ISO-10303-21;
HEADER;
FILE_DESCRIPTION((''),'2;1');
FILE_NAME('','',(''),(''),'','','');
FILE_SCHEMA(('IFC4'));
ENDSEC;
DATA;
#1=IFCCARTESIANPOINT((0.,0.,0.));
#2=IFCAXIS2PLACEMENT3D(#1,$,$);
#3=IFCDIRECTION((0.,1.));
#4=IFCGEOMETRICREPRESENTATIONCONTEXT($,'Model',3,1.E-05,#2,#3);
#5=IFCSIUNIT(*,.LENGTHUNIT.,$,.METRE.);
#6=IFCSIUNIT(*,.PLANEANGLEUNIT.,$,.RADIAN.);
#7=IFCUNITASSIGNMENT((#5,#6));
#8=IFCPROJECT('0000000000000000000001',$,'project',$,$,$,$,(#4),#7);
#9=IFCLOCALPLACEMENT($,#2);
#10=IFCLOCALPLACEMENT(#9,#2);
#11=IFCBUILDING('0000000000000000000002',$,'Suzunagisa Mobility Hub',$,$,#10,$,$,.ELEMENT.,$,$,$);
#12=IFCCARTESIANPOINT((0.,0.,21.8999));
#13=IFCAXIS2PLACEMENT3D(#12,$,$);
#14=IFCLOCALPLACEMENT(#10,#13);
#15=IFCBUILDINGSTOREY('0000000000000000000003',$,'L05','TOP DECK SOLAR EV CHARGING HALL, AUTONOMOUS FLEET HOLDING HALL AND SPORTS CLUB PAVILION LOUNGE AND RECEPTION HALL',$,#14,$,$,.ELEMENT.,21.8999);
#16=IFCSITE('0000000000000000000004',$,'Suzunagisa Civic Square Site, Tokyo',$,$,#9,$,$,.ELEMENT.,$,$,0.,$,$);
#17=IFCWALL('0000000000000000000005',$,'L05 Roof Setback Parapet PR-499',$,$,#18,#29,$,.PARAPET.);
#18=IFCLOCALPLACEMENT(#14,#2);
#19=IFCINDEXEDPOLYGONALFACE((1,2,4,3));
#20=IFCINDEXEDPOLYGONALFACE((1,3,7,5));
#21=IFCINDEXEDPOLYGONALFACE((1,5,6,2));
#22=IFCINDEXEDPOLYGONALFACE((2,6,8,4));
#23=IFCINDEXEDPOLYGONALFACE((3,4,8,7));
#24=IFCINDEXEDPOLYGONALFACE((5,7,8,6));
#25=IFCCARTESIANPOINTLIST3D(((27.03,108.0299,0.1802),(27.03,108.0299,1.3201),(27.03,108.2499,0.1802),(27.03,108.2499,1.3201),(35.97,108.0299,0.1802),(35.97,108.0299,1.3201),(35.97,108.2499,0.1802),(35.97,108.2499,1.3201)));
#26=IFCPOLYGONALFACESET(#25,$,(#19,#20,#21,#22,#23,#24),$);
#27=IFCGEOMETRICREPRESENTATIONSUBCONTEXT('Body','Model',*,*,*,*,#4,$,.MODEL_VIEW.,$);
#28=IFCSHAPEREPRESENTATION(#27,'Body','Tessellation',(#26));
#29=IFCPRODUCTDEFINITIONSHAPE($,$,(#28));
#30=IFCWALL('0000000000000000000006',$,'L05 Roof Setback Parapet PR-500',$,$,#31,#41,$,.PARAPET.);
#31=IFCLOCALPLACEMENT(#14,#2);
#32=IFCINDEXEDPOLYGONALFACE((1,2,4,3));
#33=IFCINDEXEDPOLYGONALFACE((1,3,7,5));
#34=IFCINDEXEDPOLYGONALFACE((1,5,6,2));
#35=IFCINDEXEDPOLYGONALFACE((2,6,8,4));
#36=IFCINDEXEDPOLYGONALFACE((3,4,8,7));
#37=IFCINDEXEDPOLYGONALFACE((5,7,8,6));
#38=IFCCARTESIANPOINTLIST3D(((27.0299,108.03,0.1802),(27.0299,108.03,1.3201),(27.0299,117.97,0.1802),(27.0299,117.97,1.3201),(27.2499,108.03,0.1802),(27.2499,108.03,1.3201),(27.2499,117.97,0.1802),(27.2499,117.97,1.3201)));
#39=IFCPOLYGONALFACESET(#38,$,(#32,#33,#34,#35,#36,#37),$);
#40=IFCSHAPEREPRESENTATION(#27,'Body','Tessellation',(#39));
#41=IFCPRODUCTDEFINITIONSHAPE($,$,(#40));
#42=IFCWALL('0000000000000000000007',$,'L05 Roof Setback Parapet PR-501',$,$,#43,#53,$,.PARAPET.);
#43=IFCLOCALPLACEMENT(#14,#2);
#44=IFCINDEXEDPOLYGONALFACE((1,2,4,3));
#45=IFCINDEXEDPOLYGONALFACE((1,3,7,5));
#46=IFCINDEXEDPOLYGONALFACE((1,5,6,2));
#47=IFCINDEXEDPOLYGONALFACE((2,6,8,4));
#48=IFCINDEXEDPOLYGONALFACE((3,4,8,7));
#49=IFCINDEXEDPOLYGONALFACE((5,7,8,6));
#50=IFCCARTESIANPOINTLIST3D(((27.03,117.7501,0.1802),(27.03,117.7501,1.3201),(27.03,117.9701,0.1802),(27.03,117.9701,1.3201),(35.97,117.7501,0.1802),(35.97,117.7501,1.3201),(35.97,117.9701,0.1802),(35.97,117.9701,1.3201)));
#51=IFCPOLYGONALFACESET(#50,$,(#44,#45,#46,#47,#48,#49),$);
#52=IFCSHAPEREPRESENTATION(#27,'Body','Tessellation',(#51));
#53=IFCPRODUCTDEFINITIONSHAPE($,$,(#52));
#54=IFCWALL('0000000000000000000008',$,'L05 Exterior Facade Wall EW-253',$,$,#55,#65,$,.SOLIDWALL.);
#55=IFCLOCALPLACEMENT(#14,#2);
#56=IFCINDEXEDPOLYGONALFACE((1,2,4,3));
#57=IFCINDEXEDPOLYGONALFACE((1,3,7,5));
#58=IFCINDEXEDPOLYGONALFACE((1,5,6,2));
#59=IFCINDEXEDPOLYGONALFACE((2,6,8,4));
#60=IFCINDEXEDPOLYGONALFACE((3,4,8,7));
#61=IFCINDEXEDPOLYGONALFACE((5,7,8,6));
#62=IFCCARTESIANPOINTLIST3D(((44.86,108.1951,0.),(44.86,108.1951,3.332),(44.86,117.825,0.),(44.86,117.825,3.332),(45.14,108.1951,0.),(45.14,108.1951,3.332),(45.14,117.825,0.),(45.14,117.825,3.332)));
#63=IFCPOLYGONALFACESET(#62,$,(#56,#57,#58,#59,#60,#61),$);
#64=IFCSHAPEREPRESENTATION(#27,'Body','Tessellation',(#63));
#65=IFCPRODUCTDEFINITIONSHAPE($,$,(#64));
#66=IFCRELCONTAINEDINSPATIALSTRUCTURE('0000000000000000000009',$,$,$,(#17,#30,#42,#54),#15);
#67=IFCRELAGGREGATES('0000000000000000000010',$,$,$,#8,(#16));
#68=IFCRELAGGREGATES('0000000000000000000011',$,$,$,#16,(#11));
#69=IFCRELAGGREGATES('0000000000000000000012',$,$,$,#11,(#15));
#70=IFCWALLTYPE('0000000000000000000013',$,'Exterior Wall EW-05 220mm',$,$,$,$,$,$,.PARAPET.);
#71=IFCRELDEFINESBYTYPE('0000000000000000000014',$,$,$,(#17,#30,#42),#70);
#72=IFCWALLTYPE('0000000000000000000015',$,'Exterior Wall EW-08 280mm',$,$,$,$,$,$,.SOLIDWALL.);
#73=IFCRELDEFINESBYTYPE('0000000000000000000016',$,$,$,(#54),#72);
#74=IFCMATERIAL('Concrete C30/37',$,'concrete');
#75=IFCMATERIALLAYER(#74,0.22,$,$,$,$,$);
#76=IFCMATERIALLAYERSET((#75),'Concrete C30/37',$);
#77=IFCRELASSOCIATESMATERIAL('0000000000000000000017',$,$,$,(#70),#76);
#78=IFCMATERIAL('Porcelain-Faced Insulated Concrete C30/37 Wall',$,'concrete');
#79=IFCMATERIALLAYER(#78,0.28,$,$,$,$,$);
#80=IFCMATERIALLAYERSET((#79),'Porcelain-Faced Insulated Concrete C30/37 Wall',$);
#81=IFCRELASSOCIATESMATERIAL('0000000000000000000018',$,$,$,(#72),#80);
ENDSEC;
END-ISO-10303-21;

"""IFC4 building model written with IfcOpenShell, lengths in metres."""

from ifc_helpers import new_model, si_unit, direction, frame, frame_2d, origin, place, context, subcontext, project, spatial, rectangle, extrude, material, layer, layer_set, type_object, element, save


model = new_model("IFC4")

# Units and contexts
model_context = context("Model", 3, precision=1e-05, world=origin(), true_north=direction((0.0, 1.0)))
body_context = subcontext(model_context, "Body", "Model", "MODEL_VIEW")
ifc_project = project(units=[si_unit("LENGTHUNIT", "METRE"), si_unit("PLANEANGLEUNIT", "RADIAN")], contexts=[model_context])

# Site, building, storey
site_placement = place(None, origin())
site = spatial("IfcSite", under=ifc_project, at=site_placement, Name="Suzunagisa Civic Square Site, Tokyo", CompositionType="ELEMENT", RefElevation=0.0)
building_placement = place(site_placement, origin())
building = spatial("IfcBuilding", under=site, at=building_placement, Name="Suzunagisa Mobility Hub", CompositionType="ELEMENT")
storey_placement = place(building_placement, frame((0.0, 0.0, 21.8999)))
storey = spatial("IfcBuildingStorey", under=building, at=storey_placement, Name="L05", Description="TOP DECK SOLAR EV CHARGING HALL, AUTONOMOUS FLEET HOLDING HALL AND SPORTS CLUB PAVILION LOUNGE AND RECEPTION HALL", CompositionType="ELEMENT", Elevation=21.8999)

# Walls
ifc_material_1 = material(Name="Porcelain-Faced Insulated Concrete C30/37 Wall", Category="concrete")
ifc_material_2 = material(Name="Concrete C30/37", Category="concrete")
ifc_layer_1 = layer(ifc_material_2, 0.22)
ifc_layer_set_1 = layer_set([ifc_layer_1], Name="Concrete C30/37")
wall_type_1 = type_object("IfcWallType", Name="Exterior Wall EW-05 220mm", PredefinedType="PARAPET", material=ifc_layer_set_1)
wall_1_placement = place(storey_placement, frame((35.97, 108.1399, 0.1802), z_axis=(0.0, 0.0, 1.0), x_axis=(-1.0, 0.0, 0.0)))
element("IfcWall", 1, at=wall_1_placement, inside=storey, type_object=wall_type_1, Name="L05 Roof Setback Parapet PR-499", PredefinedType="PARAPET", context=body_context, shape_type="SweptSolid", body=[
    extrude(rectangle(XDim=8.9399, YDim=0.22, at=frame_2d((4.47, 0.0))), origin(), (0.0, 0.0, 1.0), 1.1399),
])
wall_2_placement = place(storey_placement, frame((27.1399, 108.03, 0.1802), z_axis=(0.0, 0.0, 1.0), x_axis=(0.0, 1.0, 0.0)))
element("IfcWall", 2, at=wall_2_placement, inside=storey, type_object=wall_type_1, Name="L05 Roof Setback Parapet PR-500", PredefinedType="PARAPET", context=body_context, shape_type="SweptSolid", body=[
    extrude(rectangle(XDim=9.9399, YDim=0.22, at=frame_2d((4.97, 0.0))), origin(), (0.0, 0.0, 1.0), 1.1399),
])
wall_3_placement = place(storey_placement, frame((27.03, 117.8601, 0.1802), z_axis=(0.0, 0.0, 1.0), x_axis=(1.0, 0.0, 0.0)))
element("IfcWall", 3, at=wall_3_placement, inside=storey, type_object=wall_type_1, Name="L05 Roof Setback Parapet PR-501", PredefinedType="PARAPET", context=body_context, shape_type="SweptSolid", body=[
    extrude(rectangle(XDim=8.9399, YDim=0.22, at=frame_2d((4.47, 0.0))), origin(), (0.0, 0.0, 1.0), 1.1399),
])
ifc_layer_2 = layer(ifc_material_1, 0.28)
ifc_layer_set_2 = layer_set([ifc_layer_2], Name="Porcelain-Faced Insulated Concrete C30/37 Wall")
wall_type_2 = type_object("IfcWallType", Name="Exterior Wall EW-08 280mm", PredefinedType="SOLIDWALL", material=ifc_layer_set_2)
wall_4_placement = place(storey_placement, frame((45.0, 117.825, 0.0), z_axis=(0.0, 0.0, 1.0), x_axis=(0.0, -1.0, 0.0)))
element("IfcWall", 4, at=wall_4_placement, inside=storey, type_object=wall_type_2, Name="L05 Exterior Facade Wall EW-253", PredefinedType="SOLIDWALL", context=body_context, shape_type="SweptSolid", body=[
    extrude(rectangle(XDim=9.6299, YDim=0.28, at=frame_2d((4.8149, 0.0))), origin(), (0.0, 0.0, 1.0), 3.332),
])

save(model, "model.ifc")
